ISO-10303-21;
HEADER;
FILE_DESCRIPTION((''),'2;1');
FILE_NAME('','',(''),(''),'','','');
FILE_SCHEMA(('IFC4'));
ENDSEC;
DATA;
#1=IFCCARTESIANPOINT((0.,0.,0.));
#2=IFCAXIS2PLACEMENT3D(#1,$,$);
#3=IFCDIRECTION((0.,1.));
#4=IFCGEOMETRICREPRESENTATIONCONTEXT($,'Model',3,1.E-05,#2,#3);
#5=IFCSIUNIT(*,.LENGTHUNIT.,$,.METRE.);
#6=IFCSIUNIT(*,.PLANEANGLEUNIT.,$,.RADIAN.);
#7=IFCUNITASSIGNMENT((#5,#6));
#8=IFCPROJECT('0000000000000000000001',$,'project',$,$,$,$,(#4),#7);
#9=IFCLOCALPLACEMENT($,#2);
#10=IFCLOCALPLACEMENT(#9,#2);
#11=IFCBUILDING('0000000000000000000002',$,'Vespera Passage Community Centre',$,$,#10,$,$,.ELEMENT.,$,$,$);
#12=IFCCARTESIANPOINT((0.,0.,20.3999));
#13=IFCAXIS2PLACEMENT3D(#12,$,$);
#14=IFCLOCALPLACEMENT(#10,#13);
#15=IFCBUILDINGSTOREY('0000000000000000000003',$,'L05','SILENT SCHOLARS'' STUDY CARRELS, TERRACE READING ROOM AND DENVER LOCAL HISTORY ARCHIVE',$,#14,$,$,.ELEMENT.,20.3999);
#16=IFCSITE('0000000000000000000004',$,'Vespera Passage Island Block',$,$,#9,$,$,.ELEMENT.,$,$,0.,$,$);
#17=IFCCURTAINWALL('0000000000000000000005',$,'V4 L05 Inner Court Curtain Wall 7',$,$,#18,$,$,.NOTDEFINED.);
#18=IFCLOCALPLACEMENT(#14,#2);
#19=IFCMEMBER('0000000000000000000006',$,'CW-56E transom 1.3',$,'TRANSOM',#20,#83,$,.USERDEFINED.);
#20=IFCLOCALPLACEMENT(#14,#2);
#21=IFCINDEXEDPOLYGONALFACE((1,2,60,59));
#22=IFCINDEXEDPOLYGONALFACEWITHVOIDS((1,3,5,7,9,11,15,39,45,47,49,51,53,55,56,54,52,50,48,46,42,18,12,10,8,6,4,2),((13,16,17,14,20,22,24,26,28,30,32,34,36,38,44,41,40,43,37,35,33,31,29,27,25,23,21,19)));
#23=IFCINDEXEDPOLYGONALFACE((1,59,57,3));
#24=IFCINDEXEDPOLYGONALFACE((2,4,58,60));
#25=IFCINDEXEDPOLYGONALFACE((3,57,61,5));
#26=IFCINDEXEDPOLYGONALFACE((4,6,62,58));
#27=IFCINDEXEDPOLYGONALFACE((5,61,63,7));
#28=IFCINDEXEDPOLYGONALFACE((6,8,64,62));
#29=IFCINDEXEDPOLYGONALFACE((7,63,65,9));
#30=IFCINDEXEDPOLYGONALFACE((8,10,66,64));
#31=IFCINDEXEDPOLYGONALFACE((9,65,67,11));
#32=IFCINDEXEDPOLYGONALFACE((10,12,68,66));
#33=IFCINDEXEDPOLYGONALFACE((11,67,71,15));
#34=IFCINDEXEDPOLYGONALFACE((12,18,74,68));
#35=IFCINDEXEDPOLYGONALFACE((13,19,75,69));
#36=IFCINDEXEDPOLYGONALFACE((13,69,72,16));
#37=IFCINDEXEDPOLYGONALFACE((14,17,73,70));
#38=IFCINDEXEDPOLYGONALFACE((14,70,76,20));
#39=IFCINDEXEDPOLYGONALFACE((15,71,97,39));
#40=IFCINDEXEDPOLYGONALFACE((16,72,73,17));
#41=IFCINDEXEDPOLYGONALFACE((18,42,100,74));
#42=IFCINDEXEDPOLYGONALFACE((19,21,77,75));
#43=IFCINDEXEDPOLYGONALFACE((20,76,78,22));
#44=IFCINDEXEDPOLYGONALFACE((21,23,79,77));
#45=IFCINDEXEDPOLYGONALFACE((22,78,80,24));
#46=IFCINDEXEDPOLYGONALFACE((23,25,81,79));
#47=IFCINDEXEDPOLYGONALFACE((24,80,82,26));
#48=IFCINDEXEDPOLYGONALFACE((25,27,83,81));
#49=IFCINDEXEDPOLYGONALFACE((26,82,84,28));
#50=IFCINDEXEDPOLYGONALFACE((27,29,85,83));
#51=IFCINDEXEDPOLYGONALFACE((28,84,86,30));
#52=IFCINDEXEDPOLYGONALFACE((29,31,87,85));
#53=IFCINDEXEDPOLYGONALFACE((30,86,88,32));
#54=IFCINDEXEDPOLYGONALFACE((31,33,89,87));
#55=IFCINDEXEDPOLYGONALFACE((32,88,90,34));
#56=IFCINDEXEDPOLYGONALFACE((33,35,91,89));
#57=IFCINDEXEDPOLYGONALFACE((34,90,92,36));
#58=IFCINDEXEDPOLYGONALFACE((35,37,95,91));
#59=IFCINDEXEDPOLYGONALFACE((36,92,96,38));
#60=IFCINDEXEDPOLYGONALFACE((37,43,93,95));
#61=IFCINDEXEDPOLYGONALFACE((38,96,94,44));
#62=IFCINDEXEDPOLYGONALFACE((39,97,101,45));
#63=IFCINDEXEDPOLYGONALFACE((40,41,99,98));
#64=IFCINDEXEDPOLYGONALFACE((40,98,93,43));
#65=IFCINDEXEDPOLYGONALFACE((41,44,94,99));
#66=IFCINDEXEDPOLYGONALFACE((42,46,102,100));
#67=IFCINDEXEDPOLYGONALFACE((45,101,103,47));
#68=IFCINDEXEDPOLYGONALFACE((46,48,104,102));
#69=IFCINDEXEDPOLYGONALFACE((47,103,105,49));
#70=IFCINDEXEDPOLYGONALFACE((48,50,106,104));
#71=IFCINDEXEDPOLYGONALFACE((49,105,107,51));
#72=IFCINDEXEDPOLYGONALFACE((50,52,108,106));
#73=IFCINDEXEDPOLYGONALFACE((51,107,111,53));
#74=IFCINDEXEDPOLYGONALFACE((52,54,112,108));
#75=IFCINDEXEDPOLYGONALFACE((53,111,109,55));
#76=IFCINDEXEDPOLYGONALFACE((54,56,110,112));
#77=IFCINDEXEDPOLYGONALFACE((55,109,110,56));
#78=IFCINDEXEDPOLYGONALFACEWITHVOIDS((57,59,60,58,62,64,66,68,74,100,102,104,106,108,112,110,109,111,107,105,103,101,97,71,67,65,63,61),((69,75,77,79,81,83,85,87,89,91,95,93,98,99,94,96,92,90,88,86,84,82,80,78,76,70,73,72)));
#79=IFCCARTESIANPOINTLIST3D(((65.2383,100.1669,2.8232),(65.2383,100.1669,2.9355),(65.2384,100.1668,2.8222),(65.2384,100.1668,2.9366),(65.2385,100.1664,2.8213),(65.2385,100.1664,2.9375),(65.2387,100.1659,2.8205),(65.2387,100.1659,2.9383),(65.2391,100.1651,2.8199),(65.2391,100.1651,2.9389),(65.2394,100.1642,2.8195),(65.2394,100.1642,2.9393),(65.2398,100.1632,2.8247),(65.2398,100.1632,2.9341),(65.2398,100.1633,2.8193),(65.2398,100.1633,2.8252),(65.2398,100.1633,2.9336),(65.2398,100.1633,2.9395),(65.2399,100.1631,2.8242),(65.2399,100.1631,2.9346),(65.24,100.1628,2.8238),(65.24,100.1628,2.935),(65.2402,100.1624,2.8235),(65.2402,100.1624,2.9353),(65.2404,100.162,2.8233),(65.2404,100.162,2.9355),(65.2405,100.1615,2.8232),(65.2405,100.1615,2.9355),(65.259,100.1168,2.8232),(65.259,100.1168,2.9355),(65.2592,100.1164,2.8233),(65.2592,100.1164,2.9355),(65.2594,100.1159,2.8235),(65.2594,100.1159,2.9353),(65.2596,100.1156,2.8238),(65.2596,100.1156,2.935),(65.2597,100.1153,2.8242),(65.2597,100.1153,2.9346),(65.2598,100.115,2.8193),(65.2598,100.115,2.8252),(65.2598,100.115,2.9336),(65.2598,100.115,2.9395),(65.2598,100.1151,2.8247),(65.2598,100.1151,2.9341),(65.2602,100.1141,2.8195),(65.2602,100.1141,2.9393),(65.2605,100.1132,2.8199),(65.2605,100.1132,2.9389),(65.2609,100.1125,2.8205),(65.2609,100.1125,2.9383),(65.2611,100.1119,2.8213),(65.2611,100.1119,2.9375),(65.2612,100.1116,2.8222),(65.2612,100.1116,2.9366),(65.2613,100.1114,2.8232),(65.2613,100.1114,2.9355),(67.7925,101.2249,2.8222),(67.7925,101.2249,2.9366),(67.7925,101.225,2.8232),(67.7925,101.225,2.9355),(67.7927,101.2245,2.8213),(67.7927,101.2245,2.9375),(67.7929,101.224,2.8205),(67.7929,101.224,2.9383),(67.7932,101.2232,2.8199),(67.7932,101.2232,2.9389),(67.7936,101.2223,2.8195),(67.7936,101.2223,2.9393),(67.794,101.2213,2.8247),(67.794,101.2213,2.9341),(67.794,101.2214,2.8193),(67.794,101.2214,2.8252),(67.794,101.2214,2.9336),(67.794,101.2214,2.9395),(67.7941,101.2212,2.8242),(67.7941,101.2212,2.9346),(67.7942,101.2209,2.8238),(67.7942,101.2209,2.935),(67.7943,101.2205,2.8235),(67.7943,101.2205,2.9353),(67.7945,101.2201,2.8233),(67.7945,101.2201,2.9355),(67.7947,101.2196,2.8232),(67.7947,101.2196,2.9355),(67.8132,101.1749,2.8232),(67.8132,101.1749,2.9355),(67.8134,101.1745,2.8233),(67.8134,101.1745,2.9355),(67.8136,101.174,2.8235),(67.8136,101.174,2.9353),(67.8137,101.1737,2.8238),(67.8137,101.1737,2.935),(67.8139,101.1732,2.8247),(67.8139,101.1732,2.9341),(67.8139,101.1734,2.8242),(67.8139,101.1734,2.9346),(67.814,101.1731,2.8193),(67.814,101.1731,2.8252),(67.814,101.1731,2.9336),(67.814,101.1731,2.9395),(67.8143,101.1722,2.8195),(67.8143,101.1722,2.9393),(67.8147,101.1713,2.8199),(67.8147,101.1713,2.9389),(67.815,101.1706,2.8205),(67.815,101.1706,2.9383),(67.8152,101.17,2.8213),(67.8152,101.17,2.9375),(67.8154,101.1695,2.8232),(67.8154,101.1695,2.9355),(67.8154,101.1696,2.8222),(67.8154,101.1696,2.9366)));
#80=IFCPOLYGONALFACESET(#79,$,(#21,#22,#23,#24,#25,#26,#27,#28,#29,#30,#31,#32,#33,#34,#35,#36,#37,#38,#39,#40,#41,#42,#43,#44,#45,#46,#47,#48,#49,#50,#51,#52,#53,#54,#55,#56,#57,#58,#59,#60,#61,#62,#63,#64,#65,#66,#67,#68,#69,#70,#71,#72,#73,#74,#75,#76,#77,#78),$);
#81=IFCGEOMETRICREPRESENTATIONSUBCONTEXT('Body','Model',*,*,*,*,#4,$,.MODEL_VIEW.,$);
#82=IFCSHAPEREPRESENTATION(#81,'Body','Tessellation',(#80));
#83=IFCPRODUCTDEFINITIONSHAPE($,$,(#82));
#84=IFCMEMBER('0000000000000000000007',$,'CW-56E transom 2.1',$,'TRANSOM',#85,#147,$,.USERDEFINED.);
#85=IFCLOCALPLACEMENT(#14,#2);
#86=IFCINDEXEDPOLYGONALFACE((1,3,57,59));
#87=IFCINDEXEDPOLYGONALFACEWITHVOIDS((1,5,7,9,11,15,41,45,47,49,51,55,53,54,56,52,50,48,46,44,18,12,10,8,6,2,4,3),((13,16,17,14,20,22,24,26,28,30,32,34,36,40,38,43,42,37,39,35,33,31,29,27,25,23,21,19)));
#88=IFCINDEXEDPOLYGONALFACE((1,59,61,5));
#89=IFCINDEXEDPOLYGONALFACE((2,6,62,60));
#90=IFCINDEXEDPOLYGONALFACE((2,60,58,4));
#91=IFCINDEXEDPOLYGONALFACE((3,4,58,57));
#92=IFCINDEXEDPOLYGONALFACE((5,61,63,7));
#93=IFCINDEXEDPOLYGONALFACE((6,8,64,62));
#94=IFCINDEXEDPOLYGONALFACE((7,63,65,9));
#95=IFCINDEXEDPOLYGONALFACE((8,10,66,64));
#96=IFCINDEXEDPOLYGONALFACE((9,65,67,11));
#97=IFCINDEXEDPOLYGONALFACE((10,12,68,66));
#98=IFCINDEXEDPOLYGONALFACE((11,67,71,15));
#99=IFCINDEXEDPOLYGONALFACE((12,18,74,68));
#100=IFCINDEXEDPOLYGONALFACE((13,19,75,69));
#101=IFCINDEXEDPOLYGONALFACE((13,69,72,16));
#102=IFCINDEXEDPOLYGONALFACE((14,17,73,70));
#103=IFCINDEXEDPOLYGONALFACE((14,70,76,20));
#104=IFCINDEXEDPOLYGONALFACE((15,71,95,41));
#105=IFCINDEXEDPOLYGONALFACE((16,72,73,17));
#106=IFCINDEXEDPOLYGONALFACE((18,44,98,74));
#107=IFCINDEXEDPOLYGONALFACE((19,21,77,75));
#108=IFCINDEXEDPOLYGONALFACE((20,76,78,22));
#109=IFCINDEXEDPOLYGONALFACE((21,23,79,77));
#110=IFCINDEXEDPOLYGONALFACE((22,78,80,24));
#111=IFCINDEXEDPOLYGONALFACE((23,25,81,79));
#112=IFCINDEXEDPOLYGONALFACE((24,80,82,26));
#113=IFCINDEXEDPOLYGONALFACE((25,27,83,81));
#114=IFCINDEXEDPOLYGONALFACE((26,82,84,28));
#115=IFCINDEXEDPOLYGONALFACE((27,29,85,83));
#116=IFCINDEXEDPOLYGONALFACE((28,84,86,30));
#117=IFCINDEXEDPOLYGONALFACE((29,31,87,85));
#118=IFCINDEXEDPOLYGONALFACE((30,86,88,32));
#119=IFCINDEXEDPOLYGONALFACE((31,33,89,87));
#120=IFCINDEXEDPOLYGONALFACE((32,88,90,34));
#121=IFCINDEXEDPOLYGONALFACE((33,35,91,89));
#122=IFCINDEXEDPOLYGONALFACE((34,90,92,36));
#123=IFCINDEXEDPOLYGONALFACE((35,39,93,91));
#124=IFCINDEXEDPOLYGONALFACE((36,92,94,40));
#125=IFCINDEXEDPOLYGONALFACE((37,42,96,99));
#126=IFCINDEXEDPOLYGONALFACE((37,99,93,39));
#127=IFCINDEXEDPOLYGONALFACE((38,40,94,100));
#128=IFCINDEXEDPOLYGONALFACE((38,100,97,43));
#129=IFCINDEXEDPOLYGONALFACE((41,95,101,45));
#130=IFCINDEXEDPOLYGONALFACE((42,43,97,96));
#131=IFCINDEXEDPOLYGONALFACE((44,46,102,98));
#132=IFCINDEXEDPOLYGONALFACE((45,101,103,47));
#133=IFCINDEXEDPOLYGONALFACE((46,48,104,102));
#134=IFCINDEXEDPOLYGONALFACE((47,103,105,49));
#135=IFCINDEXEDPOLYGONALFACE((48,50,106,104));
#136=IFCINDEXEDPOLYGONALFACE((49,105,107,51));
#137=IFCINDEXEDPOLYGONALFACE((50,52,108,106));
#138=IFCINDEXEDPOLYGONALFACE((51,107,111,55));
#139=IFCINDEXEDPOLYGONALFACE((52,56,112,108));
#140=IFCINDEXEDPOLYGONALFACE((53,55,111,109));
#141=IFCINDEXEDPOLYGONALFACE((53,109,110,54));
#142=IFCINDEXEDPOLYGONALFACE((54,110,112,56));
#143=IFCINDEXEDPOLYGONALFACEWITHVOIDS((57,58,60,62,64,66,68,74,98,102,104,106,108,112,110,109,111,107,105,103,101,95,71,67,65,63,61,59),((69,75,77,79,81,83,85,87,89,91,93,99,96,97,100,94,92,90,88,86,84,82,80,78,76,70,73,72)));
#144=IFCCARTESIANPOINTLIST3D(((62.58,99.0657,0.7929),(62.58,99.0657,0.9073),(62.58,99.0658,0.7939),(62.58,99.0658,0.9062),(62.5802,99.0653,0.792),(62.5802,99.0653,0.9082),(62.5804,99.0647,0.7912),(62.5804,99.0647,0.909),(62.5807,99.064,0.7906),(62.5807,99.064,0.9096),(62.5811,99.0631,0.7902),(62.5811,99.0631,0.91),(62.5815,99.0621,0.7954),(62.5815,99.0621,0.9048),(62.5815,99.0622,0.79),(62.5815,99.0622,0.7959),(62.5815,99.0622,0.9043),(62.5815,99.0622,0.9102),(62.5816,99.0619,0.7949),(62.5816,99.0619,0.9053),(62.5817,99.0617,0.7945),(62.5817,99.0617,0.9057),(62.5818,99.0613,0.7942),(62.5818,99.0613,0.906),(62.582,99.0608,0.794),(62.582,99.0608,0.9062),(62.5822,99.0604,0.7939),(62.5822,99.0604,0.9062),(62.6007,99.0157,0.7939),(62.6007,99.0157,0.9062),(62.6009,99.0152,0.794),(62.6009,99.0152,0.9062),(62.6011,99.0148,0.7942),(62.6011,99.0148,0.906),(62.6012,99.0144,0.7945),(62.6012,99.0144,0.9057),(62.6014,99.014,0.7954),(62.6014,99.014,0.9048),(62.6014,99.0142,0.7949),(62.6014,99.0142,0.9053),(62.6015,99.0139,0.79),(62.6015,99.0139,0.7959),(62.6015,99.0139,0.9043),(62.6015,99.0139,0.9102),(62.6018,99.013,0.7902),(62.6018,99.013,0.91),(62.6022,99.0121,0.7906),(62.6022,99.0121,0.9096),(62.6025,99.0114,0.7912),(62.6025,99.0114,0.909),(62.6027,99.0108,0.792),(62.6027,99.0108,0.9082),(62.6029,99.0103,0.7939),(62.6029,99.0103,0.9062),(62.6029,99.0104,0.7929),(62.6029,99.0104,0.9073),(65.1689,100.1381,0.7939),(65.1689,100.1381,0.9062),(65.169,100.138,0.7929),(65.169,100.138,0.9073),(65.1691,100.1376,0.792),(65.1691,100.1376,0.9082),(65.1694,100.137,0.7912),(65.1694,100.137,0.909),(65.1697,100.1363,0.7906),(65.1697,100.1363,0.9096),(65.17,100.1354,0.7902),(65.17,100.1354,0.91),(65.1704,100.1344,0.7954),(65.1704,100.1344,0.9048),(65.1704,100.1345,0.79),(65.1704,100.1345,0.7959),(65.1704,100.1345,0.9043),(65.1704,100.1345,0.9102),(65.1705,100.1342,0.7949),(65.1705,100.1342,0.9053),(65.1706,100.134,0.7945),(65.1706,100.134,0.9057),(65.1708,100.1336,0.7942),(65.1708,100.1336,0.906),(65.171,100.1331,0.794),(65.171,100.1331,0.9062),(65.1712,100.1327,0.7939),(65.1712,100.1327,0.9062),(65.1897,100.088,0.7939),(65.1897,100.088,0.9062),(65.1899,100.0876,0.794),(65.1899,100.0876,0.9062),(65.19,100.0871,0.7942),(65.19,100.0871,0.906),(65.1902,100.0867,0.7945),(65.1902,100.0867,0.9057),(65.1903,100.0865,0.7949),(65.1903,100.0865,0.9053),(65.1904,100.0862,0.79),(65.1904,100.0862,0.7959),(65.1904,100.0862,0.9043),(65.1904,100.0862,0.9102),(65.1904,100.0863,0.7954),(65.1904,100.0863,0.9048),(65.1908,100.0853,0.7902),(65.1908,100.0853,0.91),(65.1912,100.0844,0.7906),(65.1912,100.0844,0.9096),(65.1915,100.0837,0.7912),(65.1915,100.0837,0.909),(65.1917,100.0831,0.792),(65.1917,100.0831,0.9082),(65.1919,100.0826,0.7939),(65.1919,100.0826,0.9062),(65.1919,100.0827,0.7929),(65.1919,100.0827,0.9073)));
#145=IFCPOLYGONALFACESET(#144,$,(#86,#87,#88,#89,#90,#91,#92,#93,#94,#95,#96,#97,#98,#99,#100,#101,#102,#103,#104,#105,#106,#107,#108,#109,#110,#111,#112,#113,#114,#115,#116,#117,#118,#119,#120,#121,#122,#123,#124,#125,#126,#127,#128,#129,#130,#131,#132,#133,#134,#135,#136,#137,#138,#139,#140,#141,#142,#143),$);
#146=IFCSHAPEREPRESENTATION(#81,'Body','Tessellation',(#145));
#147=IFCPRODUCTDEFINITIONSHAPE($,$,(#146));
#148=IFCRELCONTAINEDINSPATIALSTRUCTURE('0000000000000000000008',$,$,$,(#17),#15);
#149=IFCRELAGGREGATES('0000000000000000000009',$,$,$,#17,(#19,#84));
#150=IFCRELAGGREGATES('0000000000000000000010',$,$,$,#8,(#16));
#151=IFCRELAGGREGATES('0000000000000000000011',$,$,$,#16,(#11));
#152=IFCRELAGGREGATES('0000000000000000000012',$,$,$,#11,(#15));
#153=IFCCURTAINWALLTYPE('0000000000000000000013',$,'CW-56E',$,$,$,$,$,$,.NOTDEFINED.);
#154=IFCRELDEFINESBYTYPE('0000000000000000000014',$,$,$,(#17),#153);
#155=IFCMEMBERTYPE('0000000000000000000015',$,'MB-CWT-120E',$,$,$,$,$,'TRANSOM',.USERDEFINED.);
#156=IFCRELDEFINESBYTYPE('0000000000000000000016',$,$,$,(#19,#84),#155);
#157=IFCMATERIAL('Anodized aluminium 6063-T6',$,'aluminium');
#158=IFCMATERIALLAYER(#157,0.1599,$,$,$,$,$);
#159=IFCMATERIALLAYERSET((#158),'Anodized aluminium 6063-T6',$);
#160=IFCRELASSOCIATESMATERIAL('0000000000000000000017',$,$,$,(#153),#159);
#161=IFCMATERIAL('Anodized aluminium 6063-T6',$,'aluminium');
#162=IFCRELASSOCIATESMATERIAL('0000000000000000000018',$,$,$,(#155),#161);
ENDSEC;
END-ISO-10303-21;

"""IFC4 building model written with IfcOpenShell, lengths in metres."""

from ifc_helpers import new_model, si_unit, direction, frame, origin, origin_2d, place, context, subcontext, project, spatial, hollow_rectangle, extrude, material, layer, layer_set, material_profile, profile_set, type_object, element, aggregate, save


model = new_model("IFC4")

# Units and contexts
model_context = context("Model", 3, precision=1e-05, world=origin(), true_north=direction((0.0, 1.0)))
body_context = subcontext(model_context, "Body", "Model", "MODEL_VIEW")
ifc_project = project(units=[si_unit("LENGTHUNIT", "METRE"), si_unit("PLANEANGLEUNIT", "RADIAN")], contexts=[model_context])

# Site, building, storey
site_placement = place(None, origin())
site = spatial("IfcSite", under=ifc_project, at=site_placement, Name="Vespera Passage Island Block", CompositionType="ELEMENT", RefElevation=0.0)
building_placement = place(site_placement, origin())
building = spatial("IfcBuilding", under=site, at=building_placement, Name="Vespera Passage Community Centre", CompositionType="ELEMENT")
storey_placement = place(building_placement, frame((0.0, 0.0, 20.3999)))
storey = spatial("IfcBuildingStorey", under=building, at=storey_placement, Name="L05", Description="SILENT SCHOLARS' STUDY CARRELS, TERRACE READING ROOM AND DENVER LOCAL HISTORY ARCHIVE", CompositionType="ELEMENT", Elevation=20.3999)

# Curtain wall, members
ifc_material_1 = material(Name="Anodized aluminium 6063-T6", Category="aluminium")
ifc_layer_1 = layer(ifc_material_1, 0.1599)
ifc_layer_set_1 = layer_set([ifc_layer_1], Name="Anodized aluminium 6063-T6")
curtain_wall_type = type_object("IfcCurtainWallType", Name="CW-56E", PredefinedType="NOTDEFINED", material=ifc_layer_set_1)
curtain_wall_placement = place(storey_placement, origin())
curtain_wall = element("IfcCurtainWall", 1, at=curtain_wall_placement, inside=storey, type_object=curtain_wall_type, Name="V4 L05 Inner Court Curtain Wall 7", PredefinedType="NOTDEFINED")
ifc_material_2 = material(Name="Anodized aluminium 6063-T6", Category="aluminium")
ifc_material_profile_1 = material_profile(ifc_material_2, hollow_rectangle(XDim=0.0601, YDim=0.1201, WallThickness=0.0039, InnerFilletRadius=0.002, OuterFilletRadius=0.0039, at=origin_2d()), Name="ALU120X60X4")
ifc_profile_set_1 = profile_set([ifc_material_profile_1], Name="Anodized aluminium 6063-T6")
member_type_1 = type_object("IfcMemberType", Name="MB-CWT-120E", ElementType="TRANSOM", PredefinedType="USERDEFINED", material=ifc_profile_set_1)
member_1_placement = place(storey_placement, frame((67.804, 101.1973, 2.8794), z_axis=(-0.923864, -0.382721, 0.0), x_axis=(0.382721, -0.923864, 0.0)))
member_1 = element("IfcMember", 2, at=member_1_placement, type_object=member_type_1, Name="CW-56E transom 1.3", ObjectType="TRANSOM", PredefinedType="USERDEFINED", context=body_context, shape_type="SweptSolid", body=[
    extrude(hollow_rectangle(XDim=0.0601, YDim=0.1201, WallThickness=0.0039, InnerFilletRadius=0.002, OuterFilletRadius=0.0039, at=origin_2d()), origin(), (0.0, 0.0, 1.0), 2.7646),
])
member_2_placement = place(storey_placement, frame((65.1804, 100.1104, 0.8501), z_axis=(-0.923889, -0.38266, 0.0), x_axis=(0.38266, -0.923889, 0.0)))
member_2 = element("IfcMember", 3, at=member_2_placement, type_object=member_type_1, Name="CW-56E transom 2.1", ObjectType="TRANSOM", PredefinedType="USERDEFINED", context=body_context, shape_type="SweptSolid", body=[
    extrude(hollow_rectangle(XDim=0.0601, YDim=0.1201, WallThickness=0.0039, InnerFilletRadius=0.002, OuterFilletRadius=0.0039, at=origin_2d()), origin(), (0.0, 0.0, 1.0), 2.8022),
])
aggregate(curtain_wall, [member_1, member_2])

save(model, "model.ifc")
